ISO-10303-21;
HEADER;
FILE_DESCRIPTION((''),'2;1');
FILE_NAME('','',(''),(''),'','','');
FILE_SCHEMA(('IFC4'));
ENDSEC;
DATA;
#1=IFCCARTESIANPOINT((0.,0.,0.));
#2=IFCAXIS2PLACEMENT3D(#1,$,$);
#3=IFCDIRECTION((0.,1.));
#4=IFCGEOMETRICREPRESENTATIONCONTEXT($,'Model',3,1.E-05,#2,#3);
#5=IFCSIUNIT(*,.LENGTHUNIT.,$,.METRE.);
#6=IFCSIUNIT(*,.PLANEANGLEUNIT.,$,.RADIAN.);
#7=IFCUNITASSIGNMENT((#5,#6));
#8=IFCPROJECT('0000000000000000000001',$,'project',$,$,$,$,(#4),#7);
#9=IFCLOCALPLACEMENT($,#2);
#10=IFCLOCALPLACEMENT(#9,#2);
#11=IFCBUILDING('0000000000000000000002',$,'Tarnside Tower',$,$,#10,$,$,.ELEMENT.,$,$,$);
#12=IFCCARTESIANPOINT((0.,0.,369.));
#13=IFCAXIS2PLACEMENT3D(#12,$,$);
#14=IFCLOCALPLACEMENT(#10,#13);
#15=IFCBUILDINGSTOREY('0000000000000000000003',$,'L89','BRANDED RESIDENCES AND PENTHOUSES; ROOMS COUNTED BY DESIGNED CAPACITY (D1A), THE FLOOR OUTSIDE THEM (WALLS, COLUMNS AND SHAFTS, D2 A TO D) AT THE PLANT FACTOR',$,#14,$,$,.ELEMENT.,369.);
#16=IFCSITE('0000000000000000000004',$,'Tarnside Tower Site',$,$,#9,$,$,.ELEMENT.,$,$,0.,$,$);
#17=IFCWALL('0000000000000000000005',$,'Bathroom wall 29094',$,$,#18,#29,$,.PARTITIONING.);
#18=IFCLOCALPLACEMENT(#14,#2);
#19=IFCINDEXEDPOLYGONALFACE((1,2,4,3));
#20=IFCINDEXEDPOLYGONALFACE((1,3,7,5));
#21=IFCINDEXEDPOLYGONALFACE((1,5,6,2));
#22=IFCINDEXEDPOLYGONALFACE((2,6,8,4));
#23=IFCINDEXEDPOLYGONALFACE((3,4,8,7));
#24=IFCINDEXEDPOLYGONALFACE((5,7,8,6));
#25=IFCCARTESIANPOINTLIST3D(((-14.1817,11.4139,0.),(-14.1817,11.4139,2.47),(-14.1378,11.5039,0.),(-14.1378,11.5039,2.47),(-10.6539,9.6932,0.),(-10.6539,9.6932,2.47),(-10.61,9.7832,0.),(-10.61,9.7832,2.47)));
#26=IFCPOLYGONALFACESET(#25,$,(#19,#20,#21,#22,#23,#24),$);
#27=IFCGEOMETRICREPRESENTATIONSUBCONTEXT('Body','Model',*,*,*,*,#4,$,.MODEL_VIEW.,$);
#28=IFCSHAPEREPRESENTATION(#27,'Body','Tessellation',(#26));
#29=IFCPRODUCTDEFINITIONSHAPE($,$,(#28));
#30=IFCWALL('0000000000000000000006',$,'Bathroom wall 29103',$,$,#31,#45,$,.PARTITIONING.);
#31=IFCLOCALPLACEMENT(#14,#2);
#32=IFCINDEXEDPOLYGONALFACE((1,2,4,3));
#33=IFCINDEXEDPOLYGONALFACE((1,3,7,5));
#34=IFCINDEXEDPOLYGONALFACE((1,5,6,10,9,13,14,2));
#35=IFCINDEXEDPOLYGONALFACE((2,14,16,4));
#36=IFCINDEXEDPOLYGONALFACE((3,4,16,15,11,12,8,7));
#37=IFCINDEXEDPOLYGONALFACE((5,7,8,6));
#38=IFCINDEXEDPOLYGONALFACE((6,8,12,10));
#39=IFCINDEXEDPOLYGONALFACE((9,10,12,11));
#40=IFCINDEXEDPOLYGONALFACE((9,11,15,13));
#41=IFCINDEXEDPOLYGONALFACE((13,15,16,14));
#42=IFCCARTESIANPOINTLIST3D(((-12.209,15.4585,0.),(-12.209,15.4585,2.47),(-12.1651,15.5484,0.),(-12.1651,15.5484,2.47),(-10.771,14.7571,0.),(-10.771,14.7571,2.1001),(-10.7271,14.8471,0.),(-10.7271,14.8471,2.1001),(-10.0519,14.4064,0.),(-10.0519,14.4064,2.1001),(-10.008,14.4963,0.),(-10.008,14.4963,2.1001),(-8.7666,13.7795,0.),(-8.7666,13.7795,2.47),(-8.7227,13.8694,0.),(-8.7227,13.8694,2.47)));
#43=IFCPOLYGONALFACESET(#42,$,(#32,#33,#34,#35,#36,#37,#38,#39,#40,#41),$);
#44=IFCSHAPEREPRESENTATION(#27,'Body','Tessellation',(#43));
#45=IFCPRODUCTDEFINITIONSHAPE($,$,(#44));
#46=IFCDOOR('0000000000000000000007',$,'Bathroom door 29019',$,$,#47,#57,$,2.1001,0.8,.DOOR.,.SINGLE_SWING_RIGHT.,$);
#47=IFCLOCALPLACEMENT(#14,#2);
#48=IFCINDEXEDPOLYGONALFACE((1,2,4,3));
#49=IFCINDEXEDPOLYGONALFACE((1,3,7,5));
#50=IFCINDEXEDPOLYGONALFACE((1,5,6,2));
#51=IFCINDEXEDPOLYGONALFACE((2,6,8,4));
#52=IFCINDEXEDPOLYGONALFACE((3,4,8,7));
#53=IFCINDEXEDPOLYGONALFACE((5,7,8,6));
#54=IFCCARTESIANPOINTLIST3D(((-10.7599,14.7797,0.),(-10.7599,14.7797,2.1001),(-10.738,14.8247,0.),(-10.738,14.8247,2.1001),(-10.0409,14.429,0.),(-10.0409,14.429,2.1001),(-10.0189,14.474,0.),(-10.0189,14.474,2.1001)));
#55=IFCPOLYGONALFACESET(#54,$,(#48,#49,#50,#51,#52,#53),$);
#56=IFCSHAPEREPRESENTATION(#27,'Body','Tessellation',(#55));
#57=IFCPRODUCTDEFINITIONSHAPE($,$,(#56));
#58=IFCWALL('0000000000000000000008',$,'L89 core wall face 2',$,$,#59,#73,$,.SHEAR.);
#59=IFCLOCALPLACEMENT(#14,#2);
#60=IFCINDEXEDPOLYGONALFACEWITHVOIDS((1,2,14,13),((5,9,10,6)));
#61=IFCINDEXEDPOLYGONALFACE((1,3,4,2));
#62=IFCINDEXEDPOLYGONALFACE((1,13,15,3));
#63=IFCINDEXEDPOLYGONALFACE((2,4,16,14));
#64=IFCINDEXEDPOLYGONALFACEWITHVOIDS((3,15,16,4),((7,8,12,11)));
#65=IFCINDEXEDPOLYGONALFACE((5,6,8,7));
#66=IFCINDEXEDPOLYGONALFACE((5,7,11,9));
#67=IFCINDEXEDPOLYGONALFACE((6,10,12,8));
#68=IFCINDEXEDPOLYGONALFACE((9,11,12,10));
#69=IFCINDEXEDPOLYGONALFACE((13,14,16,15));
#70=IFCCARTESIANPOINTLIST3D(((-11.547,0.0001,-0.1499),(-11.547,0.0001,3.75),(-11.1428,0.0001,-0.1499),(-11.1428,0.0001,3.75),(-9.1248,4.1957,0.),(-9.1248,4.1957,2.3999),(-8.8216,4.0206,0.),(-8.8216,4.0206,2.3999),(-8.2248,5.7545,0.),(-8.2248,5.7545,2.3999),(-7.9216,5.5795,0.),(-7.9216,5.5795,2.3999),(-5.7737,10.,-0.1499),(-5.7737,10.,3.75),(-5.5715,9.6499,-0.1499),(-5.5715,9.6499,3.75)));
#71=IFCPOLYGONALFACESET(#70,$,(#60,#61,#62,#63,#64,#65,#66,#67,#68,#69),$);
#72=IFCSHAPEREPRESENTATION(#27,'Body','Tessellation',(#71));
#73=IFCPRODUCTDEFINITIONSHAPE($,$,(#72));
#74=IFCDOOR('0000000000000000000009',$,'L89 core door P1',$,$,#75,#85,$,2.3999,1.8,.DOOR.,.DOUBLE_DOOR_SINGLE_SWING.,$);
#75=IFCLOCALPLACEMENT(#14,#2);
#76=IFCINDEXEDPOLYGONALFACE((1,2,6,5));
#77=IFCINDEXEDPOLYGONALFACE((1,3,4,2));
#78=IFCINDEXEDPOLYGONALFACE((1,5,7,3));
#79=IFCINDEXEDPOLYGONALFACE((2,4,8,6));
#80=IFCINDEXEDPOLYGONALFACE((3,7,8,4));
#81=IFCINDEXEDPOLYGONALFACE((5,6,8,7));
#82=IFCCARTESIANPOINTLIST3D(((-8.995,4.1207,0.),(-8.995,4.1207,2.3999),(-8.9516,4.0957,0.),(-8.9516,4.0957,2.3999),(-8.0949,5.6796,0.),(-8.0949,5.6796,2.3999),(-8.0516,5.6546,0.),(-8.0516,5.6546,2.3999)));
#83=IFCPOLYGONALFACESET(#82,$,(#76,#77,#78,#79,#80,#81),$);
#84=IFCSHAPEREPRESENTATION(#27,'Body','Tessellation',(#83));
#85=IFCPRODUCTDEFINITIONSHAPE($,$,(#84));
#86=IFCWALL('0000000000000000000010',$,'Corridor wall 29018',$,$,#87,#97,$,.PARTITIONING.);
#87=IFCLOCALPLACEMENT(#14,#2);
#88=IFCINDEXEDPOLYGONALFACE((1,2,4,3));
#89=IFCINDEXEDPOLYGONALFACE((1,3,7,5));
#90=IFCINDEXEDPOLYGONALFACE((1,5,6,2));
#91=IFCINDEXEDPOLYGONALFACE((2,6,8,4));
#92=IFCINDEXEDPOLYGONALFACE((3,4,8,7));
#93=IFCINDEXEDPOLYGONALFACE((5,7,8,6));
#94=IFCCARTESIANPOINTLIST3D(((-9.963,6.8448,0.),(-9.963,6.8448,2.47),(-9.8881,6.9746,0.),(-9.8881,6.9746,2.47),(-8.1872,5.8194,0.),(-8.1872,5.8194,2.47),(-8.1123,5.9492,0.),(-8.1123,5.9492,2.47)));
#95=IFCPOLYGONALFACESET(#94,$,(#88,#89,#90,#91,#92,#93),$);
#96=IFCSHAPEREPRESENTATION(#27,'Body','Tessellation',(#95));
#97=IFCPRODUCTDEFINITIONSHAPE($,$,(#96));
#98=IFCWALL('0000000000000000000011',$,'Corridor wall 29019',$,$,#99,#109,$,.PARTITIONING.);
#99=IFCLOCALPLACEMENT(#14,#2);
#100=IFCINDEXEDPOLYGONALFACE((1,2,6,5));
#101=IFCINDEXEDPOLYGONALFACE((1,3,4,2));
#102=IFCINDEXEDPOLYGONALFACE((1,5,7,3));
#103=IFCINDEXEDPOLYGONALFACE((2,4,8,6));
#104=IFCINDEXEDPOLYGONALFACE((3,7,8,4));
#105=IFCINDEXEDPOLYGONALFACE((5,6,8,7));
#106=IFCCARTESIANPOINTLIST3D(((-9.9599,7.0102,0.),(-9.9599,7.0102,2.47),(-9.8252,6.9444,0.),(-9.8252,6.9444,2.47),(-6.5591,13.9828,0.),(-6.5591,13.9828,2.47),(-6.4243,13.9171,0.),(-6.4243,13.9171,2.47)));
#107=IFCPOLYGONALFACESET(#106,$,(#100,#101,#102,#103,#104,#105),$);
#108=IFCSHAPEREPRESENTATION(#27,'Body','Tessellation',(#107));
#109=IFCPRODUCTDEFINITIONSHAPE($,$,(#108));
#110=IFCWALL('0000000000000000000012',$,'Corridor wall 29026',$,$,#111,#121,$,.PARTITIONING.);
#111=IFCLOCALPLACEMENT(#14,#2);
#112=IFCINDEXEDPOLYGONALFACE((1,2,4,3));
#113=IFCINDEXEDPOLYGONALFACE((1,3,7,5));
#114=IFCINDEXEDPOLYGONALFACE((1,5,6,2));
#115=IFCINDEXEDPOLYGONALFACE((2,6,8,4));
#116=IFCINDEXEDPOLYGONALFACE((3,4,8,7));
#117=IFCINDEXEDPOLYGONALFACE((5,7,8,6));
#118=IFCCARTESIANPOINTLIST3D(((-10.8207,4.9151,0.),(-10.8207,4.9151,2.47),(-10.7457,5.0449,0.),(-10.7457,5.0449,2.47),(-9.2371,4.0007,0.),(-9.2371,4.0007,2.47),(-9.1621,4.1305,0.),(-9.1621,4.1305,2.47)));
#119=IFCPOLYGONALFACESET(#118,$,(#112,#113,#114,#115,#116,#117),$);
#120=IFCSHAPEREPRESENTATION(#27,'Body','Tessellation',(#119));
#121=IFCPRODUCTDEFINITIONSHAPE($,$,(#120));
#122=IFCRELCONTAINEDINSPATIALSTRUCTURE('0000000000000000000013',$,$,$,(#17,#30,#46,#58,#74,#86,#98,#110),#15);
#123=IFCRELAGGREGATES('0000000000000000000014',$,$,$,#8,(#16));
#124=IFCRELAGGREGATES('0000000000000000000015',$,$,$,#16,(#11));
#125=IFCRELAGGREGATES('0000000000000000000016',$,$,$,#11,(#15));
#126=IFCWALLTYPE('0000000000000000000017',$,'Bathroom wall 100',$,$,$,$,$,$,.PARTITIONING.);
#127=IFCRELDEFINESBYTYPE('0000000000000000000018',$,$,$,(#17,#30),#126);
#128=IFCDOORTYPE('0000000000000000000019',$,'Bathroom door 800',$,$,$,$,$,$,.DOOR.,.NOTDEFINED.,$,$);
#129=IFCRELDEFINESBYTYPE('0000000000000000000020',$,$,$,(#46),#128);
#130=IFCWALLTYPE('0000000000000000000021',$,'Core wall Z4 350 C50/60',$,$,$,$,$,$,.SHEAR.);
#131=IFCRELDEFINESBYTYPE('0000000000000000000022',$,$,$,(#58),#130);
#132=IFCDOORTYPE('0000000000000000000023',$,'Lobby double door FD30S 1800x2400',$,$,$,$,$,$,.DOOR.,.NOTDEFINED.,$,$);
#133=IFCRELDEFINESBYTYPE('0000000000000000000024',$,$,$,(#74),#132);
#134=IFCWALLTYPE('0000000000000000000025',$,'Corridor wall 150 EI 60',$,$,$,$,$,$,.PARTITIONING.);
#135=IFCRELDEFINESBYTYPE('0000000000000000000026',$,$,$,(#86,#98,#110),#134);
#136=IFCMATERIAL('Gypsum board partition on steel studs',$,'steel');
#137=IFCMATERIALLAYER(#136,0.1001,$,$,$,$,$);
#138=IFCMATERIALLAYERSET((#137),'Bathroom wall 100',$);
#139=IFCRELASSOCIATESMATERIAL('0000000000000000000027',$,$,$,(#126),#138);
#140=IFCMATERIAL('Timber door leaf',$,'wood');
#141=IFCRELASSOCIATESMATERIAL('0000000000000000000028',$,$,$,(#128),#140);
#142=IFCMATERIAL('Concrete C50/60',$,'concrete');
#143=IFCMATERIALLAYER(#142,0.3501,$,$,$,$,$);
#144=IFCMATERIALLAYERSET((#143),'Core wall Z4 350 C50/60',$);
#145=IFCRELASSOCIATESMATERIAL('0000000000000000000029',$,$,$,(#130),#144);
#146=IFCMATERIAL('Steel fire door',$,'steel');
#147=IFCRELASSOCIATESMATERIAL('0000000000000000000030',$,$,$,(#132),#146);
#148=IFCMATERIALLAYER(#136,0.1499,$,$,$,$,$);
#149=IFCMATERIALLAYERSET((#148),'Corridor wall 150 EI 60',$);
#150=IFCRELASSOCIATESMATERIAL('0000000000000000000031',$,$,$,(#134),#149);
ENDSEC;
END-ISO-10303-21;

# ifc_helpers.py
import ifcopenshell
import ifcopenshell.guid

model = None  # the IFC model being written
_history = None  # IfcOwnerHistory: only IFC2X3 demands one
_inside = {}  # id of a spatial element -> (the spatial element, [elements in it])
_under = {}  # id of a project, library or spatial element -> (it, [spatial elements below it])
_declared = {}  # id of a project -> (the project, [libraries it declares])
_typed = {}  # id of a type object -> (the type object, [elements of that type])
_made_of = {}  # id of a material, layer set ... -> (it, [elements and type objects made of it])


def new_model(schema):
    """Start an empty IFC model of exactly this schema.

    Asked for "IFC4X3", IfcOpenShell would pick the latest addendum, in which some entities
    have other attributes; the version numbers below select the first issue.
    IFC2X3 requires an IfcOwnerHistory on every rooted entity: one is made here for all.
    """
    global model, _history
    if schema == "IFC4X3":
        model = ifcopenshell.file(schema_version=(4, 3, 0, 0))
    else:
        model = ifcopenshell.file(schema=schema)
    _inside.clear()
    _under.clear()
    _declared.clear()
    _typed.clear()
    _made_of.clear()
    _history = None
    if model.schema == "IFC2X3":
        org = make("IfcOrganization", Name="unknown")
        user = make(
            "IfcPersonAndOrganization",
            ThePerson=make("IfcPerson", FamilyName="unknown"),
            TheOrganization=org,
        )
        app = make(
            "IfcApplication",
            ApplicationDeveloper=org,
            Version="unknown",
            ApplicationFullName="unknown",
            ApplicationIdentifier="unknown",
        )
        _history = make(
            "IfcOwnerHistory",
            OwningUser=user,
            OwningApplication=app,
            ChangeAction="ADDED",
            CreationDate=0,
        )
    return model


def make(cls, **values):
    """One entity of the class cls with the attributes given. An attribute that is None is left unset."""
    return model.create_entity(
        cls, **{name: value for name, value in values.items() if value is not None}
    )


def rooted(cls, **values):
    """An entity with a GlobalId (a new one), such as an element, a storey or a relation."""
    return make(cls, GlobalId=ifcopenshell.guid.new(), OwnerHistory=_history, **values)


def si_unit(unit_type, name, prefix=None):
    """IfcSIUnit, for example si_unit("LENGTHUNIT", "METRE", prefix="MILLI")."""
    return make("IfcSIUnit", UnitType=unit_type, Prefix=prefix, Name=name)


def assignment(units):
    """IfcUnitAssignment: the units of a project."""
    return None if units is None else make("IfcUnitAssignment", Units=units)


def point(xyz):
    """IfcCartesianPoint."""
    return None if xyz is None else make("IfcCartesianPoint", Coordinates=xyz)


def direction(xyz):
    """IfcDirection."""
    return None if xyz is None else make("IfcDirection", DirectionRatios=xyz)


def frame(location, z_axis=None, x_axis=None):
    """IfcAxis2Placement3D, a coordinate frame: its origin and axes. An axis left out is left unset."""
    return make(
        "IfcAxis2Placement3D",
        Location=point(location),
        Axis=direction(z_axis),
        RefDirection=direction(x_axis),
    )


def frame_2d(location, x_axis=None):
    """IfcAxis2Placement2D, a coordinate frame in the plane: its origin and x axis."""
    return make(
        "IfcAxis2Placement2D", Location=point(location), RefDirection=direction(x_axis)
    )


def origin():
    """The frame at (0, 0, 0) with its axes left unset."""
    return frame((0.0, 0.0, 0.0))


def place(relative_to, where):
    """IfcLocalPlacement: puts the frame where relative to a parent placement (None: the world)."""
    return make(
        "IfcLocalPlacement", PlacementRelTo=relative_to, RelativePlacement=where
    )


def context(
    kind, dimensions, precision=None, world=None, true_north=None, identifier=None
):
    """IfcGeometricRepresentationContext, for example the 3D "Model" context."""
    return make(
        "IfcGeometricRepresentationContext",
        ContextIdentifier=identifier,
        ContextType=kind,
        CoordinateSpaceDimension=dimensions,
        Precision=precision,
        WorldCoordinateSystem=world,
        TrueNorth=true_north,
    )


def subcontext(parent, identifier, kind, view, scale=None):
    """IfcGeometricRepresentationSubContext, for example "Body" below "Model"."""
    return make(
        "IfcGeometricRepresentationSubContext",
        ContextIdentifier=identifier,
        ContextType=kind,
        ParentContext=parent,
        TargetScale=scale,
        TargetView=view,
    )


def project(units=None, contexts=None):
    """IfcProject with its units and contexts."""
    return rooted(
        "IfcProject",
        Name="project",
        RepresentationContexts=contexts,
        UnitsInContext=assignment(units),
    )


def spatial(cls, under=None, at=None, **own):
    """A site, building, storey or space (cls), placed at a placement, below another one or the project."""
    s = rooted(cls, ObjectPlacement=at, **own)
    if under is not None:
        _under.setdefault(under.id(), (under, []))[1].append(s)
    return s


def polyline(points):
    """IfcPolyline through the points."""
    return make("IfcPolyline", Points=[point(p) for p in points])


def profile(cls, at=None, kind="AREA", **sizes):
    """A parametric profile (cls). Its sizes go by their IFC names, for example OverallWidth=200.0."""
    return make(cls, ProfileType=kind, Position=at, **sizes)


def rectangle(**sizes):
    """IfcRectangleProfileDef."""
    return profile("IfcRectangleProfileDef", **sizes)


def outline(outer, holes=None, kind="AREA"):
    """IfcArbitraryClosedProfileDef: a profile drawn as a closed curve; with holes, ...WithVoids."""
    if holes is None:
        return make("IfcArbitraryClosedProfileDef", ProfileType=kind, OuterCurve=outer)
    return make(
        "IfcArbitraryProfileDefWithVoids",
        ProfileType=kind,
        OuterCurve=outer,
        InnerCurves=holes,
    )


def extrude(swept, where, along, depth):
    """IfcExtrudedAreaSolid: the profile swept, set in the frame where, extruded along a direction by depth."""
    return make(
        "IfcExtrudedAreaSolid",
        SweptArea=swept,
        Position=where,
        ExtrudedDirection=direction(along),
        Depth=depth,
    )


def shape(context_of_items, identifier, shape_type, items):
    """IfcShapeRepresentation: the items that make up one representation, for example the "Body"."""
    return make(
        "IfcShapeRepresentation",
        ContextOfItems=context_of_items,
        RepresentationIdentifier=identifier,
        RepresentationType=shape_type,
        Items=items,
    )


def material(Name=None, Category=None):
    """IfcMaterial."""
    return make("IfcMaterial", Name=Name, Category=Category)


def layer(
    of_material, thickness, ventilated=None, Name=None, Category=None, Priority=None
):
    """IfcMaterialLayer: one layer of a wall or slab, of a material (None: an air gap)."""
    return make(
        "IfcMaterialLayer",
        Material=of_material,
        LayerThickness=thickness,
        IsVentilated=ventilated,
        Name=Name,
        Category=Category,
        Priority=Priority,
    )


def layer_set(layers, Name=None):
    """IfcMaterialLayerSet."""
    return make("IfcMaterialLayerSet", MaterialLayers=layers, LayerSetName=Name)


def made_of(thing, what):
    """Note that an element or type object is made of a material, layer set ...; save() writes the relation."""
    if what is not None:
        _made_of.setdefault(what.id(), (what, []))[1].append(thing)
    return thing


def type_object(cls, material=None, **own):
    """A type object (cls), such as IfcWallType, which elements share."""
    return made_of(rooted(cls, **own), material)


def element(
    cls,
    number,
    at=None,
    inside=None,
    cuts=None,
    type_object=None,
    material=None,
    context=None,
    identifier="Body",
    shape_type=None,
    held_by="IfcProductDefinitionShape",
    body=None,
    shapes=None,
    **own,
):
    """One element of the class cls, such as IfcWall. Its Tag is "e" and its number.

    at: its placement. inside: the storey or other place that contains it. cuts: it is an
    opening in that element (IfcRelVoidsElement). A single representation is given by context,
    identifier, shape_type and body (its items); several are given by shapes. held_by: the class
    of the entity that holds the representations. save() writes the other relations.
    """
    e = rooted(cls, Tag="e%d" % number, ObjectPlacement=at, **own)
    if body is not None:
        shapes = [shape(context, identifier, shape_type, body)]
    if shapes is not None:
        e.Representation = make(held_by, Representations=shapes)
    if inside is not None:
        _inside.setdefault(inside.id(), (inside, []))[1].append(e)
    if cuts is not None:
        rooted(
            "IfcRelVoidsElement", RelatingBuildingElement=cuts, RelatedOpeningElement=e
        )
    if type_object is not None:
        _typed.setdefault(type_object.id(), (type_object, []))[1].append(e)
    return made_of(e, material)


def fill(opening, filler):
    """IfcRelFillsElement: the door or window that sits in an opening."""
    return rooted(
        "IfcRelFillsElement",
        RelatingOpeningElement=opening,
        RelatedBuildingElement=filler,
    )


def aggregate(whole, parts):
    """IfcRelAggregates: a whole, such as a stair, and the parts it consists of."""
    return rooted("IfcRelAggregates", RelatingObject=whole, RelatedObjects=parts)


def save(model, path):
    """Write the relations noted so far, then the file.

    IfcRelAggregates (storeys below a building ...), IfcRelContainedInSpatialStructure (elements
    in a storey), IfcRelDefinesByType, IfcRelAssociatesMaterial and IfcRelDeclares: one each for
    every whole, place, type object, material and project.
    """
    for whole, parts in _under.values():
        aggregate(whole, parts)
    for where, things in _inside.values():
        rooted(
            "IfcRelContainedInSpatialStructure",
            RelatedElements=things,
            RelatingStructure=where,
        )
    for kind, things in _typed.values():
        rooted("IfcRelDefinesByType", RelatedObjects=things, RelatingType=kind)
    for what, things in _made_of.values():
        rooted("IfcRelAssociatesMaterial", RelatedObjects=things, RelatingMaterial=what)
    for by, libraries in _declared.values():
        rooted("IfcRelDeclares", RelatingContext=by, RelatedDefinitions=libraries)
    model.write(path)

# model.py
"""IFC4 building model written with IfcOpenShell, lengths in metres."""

from ifc_helpers import new_model, si_unit, direction, frame, frame_2d, origin, place, context, subcontext, project, spatial, polyline, rectangle, outline, extrude, material, layer, layer_set, type_object, element, fill, save


model = new_model("IFC4")

# Units and contexts
model_context = context("Model", 3, precision=1e-05, world=origin(), true_north=direction((0.0, 1.0)))
body_context = subcontext(model_context, "Body", "Model", "MODEL_VIEW")
ifc_project = project(units=[si_unit("LENGTHUNIT", "METRE"), si_unit("PLANEANGLEUNIT", "RADIAN")], contexts=[model_context])

# Site, building, storey
site_placement = place(None, origin())
site = spatial("IfcSite", under=ifc_project, at=site_placement, Name="Tarnside Tower Site", CompositionType="ELEMENT", RefElevation=0.0)
building_placement = place(site_placement, origin())
building = spatial("IfcBuilding", under=site, at=building_placement, Name="Tarnside Tower", CompositionType="ELEMENT")
storey_placement = place(building_placement, frame((0.0, 0.0, 369.0)))
storey = spatial("IfcBuildingStorey", under=building, at=storey_placement, Name="L89", Description="BRANDED RESIDENCES AND PENTHOUSES; ROOMS COUNTED BY DESIGNED CAPACITY (D1A), THE FLOOR OUTSIDE THEM (WALLS, COLUMNS AND SHAFTS, D2 A TO D) AT THE PLANT FACTOR", CompositionType="ELEMENT", Elevation=369.0)

# Wall
ifc_material_1 = material(Name="Gypsum board partition on steel studs", Category="steel")
ifc_layer_1 = layer(ifc_material_1, 0.1001)
ifc_layer_set_1 = layer_set([ifc_layer_1], Name="Bathroom wall 100")
wall_type_1 = type_object("IfcWallType", Name="Bathroom wall 100", PredefinedType="PARTITIONING", material=ifc_layer_set_1)
wall_1_placement = place(storey_placement, frame((-10.6321, 9.7383, 0.0), z_axis=(0.0, 0.0, 1.0), x_axis=(-0.898788, 0.438384, 0.0)))
element("IfcWall", 1, at=wall_1_placement, inside=storey, type_object=wall_type_1, Name="Bathroom wall 29094", PredefinedType="PARTITIONING", context=body_context, shape_type="SweptSolid", body=[
    extrude(rectangle(XDim=3.925, YDim=0.1001, at=frame_2d((1.9624, 0.0))), origin(), (0.0, 0.0, 1.0), 2.47),
])

# Walls, openings, doors
wall_2_placement = place(storey_placement, frame((-8.7446, 13.8245, 0.0), z_axis=(0.0, 0.0, 1.0), x_axis=(-0.898795, 0.43837, 0.0)))
wall_2 = element("IfcWall", 2, at=wall_2_placement, inside=storey, type_object=wall_type_1, Name="Bathroom wall 29103", PredefinedType="PARTITIONING", context=body_context, shape_type="SweptSolid", body=[
    extrude(rectangle(XDim=3.8301, YDim=0.1001, at=frame_2d((1.915, 0.0))), origin(), (0.0, 0.0, 1.0), 2.47),
])
opening_1_placement = place(wall_2_placement, frame((1.4302, 0.0, 0.0)))
opening_1 = element("IfcOpeningElement", 3, at=opening_1_placement, cuts=wall_2, PredefinedType="OPENING", context=body_context, shape_type="SweptSolid", body=[
    extrude(rectangle(XDim=0.8, YDim=2.1001, at=frame_2d((0.3999, 1.05))), frame((0.0, 0.0601, 0.0), z_axis=(0.0, -1.0, 0.0), x_axis=(1.0, 0.0, 0.0)), (0.0, 0.0, 1.0), 0.1201),
])
ifc_material_2 = material(Name="Timber door leaf", Category="wood")
door_type_1 = type_object("IfcDoorType", Name="Bathroom door 800", OperationType="NOTDEFINED", PredefinedType="DOOR", material=ifc_material_2)
door_1_placement = place(opening_1_placement, origin())
door_1 = element("IfcDoor", 4, at=door_1_placement, inside=storey, type_object=door_type_1, Name="Bathroom door 29019", OperationType="SINGLE_SWING_RIGHT", OverallHeight=2.1001, OverallWidth=0.8, PredefinedType="DOOR", context=body_context, shape_type="SweptSolid", body=[
    extrude(rectangle(XDim=0.8, YDim=2.1001, at=frame_2d((0.3999, 1.05))), frame((0.0, 0.0249, 0.0), z_axis=(0.0, -1.0, 0.0), x_axis=(1.0, 0.0, 0.0)), (0.0, 0.0, 1.0), 0.05),
])
fill(opening_1, door_1)
ifc_material_3 = material(Name="Concrete C50/60", Category="concrete")
ifc_layer_2 = layer(ifc_material_3, 0.3501)
ifc_layer_set_2 = layer_set([ifc_layer_2], Name="Core wall Z4 350 C50/60")
wall_type_2 = type_object("IfcWallType", Name="Core wall Z4 350 C50/60", PredefinedType="SHEAR", material=ifc_layer_set_2)
wall_3_placement = place(storey_placement, frame((-5.6726, 9.825, -0.1499), z_axis=(0.0, 0.0, 1.0), x_axis=(-0.499995, -0.866028, 0.0)))
wall_3 = element("IfcWall", 5, at=wall_3_placement, inside=storey, type_object=wall_type_2, Name="L89 core wall face 2", PredefinedType="SHEAR", context=body_context, shape_type="SweptSolid", body=[
    extrude(outline(polyline([(-0.1011, -0.175), (11.4458, -0.175), (11.2437, 0.175), (0.1011, 0.175), (-0.1011, -0.175)])), origin(), (0.0, 0.0, 1.0), 3.8999),
])
opening_2_placement = place(wall_3_placement, frame((4.8013, 0.0, 0.1499)))
opening_2 = element("IfcOpeningElement", 6, at=opening_2_placement, cuts=wall_3, PredefinedType="OPENING", context=body_context, shape_type="SweptSolid", body=[
    extrude(rectangle(XDim=1.8, YDim=2.3999, at=frame_2d((0.8999, 1.2))), frame((0.0, 0.1851, 0.0), z_axis=(0.0, -1.0, 0.0), x_axis=(1.0, 0.0, 0.0)), (0.0, 0.0, 1.0), 0.3701),
])
ifc_material_4 = material(Name="Steel fire door", Category="steel")
door_type_2 = type_object("IfcDoorType", Name="Lobby double door FD30S 1800x2400", OperationType="NOTDEFINED", PredefinedType="DOOR", material=ifc_material_4)
door_2_placement = place(opening_2_placement, origin())
door_2 = element("IfcDoor", 7, at=door_2_placement, inside=storey, type_object=door_type_2, Name="L89 core door P1", OperationType="DOUBLE_DOOR_SINGLE_SWING", OverallHeight=2.3999, OverallWidth=1.8, PredefinedType="DOOR", context=body_context, shape_type="SweptSolid", body=[
    extrude(rectangle(XDim=1.8, YDim=2.3999, at=frame_2d((0.8999, 1.2))), frame((0.0, 0.0249, 0.0), z_axis=(0.0, -1.0, 0.0), x_axis=(1.0, 0.0, 0.0)), (0.0, 0.0, 1.0), 0.05),
])
fill(opening_2, door_2)

# Walls
ifc_layer_3 = layer(ifc_material_1, 0.1499)
ifc_layer_set_3 = layer_set([ifc_layer_3], Name="Corridor wall 150 EI 60")
wall_type_3 = type_object("IfcWallType", Name="Corridor wall 150 EI 60", PredefinedType="PARTITIONING", material=ifc_layer_set_3)
wall_4_placement = place(storey_placement, frame((-8.1497, 5.8843, 0.0), z_axis=(0.0, 0.0, 1.0), x_axis=(-0.866007, 0.500032, 0.0)))
element("IfcWall", 8, at=wall_4_placement, inside=storey, type_object=wall_type_3, Name="Corridor wall 29018", PredefinedType="PARTITIONING", context=body_context, shape_type="SweptSolid", body=[
    extrude(rectangle(XDim=2.0505, YDim=0.1499, at=frame_2d((1.0254, 0.0))), origin(), (0.0, 0.0, 1.0), 2.47),
])
wall_5_placement = place(storey_placement, frame((-9.8926, 6.9773, 0.0), z_axis=(0.0, 0.0, 1.0), x_axis=(0.43838, 0.89879, 0.0)))
element("IfcWall", 9, at=wall_5_placement, inside=storey, type_object=wall_type_3, Name="Corridor wall 29019", PredefinedType="PARTITIONING", context=body_context, shape_type="SweptSolid", body=[
    extrude(rectangle(XDim=7.7578, YDim=0.1499, at=frame_2d((3.8789, 0.0))), origin(), (0.0, 0.0, 1.0), 2.47),
])
wall_6_placement = place(storey_placement, frame((-10.7832, 4.98, 0.0), z_axis=(0.0, 0.0, 1.0), x_axis=(0.866008, -0.500031, 0.0)))
element("IfcWall", 10, at=wall_6_placement, inside=storey, type_object=wall_type_3, Name="Corridor wall 29026", PredefinedType="PARTITIONING", context=body_context, shape_type="SweptSolid", body=[
    extrude(rectangle(XDim=1.8286, YDim=0.1499, at=frame_2d((0.9143, 0.0))), origin(), (0.0, 0.0, 1.0), 2.47),
])

save(model, "model.ifc")
